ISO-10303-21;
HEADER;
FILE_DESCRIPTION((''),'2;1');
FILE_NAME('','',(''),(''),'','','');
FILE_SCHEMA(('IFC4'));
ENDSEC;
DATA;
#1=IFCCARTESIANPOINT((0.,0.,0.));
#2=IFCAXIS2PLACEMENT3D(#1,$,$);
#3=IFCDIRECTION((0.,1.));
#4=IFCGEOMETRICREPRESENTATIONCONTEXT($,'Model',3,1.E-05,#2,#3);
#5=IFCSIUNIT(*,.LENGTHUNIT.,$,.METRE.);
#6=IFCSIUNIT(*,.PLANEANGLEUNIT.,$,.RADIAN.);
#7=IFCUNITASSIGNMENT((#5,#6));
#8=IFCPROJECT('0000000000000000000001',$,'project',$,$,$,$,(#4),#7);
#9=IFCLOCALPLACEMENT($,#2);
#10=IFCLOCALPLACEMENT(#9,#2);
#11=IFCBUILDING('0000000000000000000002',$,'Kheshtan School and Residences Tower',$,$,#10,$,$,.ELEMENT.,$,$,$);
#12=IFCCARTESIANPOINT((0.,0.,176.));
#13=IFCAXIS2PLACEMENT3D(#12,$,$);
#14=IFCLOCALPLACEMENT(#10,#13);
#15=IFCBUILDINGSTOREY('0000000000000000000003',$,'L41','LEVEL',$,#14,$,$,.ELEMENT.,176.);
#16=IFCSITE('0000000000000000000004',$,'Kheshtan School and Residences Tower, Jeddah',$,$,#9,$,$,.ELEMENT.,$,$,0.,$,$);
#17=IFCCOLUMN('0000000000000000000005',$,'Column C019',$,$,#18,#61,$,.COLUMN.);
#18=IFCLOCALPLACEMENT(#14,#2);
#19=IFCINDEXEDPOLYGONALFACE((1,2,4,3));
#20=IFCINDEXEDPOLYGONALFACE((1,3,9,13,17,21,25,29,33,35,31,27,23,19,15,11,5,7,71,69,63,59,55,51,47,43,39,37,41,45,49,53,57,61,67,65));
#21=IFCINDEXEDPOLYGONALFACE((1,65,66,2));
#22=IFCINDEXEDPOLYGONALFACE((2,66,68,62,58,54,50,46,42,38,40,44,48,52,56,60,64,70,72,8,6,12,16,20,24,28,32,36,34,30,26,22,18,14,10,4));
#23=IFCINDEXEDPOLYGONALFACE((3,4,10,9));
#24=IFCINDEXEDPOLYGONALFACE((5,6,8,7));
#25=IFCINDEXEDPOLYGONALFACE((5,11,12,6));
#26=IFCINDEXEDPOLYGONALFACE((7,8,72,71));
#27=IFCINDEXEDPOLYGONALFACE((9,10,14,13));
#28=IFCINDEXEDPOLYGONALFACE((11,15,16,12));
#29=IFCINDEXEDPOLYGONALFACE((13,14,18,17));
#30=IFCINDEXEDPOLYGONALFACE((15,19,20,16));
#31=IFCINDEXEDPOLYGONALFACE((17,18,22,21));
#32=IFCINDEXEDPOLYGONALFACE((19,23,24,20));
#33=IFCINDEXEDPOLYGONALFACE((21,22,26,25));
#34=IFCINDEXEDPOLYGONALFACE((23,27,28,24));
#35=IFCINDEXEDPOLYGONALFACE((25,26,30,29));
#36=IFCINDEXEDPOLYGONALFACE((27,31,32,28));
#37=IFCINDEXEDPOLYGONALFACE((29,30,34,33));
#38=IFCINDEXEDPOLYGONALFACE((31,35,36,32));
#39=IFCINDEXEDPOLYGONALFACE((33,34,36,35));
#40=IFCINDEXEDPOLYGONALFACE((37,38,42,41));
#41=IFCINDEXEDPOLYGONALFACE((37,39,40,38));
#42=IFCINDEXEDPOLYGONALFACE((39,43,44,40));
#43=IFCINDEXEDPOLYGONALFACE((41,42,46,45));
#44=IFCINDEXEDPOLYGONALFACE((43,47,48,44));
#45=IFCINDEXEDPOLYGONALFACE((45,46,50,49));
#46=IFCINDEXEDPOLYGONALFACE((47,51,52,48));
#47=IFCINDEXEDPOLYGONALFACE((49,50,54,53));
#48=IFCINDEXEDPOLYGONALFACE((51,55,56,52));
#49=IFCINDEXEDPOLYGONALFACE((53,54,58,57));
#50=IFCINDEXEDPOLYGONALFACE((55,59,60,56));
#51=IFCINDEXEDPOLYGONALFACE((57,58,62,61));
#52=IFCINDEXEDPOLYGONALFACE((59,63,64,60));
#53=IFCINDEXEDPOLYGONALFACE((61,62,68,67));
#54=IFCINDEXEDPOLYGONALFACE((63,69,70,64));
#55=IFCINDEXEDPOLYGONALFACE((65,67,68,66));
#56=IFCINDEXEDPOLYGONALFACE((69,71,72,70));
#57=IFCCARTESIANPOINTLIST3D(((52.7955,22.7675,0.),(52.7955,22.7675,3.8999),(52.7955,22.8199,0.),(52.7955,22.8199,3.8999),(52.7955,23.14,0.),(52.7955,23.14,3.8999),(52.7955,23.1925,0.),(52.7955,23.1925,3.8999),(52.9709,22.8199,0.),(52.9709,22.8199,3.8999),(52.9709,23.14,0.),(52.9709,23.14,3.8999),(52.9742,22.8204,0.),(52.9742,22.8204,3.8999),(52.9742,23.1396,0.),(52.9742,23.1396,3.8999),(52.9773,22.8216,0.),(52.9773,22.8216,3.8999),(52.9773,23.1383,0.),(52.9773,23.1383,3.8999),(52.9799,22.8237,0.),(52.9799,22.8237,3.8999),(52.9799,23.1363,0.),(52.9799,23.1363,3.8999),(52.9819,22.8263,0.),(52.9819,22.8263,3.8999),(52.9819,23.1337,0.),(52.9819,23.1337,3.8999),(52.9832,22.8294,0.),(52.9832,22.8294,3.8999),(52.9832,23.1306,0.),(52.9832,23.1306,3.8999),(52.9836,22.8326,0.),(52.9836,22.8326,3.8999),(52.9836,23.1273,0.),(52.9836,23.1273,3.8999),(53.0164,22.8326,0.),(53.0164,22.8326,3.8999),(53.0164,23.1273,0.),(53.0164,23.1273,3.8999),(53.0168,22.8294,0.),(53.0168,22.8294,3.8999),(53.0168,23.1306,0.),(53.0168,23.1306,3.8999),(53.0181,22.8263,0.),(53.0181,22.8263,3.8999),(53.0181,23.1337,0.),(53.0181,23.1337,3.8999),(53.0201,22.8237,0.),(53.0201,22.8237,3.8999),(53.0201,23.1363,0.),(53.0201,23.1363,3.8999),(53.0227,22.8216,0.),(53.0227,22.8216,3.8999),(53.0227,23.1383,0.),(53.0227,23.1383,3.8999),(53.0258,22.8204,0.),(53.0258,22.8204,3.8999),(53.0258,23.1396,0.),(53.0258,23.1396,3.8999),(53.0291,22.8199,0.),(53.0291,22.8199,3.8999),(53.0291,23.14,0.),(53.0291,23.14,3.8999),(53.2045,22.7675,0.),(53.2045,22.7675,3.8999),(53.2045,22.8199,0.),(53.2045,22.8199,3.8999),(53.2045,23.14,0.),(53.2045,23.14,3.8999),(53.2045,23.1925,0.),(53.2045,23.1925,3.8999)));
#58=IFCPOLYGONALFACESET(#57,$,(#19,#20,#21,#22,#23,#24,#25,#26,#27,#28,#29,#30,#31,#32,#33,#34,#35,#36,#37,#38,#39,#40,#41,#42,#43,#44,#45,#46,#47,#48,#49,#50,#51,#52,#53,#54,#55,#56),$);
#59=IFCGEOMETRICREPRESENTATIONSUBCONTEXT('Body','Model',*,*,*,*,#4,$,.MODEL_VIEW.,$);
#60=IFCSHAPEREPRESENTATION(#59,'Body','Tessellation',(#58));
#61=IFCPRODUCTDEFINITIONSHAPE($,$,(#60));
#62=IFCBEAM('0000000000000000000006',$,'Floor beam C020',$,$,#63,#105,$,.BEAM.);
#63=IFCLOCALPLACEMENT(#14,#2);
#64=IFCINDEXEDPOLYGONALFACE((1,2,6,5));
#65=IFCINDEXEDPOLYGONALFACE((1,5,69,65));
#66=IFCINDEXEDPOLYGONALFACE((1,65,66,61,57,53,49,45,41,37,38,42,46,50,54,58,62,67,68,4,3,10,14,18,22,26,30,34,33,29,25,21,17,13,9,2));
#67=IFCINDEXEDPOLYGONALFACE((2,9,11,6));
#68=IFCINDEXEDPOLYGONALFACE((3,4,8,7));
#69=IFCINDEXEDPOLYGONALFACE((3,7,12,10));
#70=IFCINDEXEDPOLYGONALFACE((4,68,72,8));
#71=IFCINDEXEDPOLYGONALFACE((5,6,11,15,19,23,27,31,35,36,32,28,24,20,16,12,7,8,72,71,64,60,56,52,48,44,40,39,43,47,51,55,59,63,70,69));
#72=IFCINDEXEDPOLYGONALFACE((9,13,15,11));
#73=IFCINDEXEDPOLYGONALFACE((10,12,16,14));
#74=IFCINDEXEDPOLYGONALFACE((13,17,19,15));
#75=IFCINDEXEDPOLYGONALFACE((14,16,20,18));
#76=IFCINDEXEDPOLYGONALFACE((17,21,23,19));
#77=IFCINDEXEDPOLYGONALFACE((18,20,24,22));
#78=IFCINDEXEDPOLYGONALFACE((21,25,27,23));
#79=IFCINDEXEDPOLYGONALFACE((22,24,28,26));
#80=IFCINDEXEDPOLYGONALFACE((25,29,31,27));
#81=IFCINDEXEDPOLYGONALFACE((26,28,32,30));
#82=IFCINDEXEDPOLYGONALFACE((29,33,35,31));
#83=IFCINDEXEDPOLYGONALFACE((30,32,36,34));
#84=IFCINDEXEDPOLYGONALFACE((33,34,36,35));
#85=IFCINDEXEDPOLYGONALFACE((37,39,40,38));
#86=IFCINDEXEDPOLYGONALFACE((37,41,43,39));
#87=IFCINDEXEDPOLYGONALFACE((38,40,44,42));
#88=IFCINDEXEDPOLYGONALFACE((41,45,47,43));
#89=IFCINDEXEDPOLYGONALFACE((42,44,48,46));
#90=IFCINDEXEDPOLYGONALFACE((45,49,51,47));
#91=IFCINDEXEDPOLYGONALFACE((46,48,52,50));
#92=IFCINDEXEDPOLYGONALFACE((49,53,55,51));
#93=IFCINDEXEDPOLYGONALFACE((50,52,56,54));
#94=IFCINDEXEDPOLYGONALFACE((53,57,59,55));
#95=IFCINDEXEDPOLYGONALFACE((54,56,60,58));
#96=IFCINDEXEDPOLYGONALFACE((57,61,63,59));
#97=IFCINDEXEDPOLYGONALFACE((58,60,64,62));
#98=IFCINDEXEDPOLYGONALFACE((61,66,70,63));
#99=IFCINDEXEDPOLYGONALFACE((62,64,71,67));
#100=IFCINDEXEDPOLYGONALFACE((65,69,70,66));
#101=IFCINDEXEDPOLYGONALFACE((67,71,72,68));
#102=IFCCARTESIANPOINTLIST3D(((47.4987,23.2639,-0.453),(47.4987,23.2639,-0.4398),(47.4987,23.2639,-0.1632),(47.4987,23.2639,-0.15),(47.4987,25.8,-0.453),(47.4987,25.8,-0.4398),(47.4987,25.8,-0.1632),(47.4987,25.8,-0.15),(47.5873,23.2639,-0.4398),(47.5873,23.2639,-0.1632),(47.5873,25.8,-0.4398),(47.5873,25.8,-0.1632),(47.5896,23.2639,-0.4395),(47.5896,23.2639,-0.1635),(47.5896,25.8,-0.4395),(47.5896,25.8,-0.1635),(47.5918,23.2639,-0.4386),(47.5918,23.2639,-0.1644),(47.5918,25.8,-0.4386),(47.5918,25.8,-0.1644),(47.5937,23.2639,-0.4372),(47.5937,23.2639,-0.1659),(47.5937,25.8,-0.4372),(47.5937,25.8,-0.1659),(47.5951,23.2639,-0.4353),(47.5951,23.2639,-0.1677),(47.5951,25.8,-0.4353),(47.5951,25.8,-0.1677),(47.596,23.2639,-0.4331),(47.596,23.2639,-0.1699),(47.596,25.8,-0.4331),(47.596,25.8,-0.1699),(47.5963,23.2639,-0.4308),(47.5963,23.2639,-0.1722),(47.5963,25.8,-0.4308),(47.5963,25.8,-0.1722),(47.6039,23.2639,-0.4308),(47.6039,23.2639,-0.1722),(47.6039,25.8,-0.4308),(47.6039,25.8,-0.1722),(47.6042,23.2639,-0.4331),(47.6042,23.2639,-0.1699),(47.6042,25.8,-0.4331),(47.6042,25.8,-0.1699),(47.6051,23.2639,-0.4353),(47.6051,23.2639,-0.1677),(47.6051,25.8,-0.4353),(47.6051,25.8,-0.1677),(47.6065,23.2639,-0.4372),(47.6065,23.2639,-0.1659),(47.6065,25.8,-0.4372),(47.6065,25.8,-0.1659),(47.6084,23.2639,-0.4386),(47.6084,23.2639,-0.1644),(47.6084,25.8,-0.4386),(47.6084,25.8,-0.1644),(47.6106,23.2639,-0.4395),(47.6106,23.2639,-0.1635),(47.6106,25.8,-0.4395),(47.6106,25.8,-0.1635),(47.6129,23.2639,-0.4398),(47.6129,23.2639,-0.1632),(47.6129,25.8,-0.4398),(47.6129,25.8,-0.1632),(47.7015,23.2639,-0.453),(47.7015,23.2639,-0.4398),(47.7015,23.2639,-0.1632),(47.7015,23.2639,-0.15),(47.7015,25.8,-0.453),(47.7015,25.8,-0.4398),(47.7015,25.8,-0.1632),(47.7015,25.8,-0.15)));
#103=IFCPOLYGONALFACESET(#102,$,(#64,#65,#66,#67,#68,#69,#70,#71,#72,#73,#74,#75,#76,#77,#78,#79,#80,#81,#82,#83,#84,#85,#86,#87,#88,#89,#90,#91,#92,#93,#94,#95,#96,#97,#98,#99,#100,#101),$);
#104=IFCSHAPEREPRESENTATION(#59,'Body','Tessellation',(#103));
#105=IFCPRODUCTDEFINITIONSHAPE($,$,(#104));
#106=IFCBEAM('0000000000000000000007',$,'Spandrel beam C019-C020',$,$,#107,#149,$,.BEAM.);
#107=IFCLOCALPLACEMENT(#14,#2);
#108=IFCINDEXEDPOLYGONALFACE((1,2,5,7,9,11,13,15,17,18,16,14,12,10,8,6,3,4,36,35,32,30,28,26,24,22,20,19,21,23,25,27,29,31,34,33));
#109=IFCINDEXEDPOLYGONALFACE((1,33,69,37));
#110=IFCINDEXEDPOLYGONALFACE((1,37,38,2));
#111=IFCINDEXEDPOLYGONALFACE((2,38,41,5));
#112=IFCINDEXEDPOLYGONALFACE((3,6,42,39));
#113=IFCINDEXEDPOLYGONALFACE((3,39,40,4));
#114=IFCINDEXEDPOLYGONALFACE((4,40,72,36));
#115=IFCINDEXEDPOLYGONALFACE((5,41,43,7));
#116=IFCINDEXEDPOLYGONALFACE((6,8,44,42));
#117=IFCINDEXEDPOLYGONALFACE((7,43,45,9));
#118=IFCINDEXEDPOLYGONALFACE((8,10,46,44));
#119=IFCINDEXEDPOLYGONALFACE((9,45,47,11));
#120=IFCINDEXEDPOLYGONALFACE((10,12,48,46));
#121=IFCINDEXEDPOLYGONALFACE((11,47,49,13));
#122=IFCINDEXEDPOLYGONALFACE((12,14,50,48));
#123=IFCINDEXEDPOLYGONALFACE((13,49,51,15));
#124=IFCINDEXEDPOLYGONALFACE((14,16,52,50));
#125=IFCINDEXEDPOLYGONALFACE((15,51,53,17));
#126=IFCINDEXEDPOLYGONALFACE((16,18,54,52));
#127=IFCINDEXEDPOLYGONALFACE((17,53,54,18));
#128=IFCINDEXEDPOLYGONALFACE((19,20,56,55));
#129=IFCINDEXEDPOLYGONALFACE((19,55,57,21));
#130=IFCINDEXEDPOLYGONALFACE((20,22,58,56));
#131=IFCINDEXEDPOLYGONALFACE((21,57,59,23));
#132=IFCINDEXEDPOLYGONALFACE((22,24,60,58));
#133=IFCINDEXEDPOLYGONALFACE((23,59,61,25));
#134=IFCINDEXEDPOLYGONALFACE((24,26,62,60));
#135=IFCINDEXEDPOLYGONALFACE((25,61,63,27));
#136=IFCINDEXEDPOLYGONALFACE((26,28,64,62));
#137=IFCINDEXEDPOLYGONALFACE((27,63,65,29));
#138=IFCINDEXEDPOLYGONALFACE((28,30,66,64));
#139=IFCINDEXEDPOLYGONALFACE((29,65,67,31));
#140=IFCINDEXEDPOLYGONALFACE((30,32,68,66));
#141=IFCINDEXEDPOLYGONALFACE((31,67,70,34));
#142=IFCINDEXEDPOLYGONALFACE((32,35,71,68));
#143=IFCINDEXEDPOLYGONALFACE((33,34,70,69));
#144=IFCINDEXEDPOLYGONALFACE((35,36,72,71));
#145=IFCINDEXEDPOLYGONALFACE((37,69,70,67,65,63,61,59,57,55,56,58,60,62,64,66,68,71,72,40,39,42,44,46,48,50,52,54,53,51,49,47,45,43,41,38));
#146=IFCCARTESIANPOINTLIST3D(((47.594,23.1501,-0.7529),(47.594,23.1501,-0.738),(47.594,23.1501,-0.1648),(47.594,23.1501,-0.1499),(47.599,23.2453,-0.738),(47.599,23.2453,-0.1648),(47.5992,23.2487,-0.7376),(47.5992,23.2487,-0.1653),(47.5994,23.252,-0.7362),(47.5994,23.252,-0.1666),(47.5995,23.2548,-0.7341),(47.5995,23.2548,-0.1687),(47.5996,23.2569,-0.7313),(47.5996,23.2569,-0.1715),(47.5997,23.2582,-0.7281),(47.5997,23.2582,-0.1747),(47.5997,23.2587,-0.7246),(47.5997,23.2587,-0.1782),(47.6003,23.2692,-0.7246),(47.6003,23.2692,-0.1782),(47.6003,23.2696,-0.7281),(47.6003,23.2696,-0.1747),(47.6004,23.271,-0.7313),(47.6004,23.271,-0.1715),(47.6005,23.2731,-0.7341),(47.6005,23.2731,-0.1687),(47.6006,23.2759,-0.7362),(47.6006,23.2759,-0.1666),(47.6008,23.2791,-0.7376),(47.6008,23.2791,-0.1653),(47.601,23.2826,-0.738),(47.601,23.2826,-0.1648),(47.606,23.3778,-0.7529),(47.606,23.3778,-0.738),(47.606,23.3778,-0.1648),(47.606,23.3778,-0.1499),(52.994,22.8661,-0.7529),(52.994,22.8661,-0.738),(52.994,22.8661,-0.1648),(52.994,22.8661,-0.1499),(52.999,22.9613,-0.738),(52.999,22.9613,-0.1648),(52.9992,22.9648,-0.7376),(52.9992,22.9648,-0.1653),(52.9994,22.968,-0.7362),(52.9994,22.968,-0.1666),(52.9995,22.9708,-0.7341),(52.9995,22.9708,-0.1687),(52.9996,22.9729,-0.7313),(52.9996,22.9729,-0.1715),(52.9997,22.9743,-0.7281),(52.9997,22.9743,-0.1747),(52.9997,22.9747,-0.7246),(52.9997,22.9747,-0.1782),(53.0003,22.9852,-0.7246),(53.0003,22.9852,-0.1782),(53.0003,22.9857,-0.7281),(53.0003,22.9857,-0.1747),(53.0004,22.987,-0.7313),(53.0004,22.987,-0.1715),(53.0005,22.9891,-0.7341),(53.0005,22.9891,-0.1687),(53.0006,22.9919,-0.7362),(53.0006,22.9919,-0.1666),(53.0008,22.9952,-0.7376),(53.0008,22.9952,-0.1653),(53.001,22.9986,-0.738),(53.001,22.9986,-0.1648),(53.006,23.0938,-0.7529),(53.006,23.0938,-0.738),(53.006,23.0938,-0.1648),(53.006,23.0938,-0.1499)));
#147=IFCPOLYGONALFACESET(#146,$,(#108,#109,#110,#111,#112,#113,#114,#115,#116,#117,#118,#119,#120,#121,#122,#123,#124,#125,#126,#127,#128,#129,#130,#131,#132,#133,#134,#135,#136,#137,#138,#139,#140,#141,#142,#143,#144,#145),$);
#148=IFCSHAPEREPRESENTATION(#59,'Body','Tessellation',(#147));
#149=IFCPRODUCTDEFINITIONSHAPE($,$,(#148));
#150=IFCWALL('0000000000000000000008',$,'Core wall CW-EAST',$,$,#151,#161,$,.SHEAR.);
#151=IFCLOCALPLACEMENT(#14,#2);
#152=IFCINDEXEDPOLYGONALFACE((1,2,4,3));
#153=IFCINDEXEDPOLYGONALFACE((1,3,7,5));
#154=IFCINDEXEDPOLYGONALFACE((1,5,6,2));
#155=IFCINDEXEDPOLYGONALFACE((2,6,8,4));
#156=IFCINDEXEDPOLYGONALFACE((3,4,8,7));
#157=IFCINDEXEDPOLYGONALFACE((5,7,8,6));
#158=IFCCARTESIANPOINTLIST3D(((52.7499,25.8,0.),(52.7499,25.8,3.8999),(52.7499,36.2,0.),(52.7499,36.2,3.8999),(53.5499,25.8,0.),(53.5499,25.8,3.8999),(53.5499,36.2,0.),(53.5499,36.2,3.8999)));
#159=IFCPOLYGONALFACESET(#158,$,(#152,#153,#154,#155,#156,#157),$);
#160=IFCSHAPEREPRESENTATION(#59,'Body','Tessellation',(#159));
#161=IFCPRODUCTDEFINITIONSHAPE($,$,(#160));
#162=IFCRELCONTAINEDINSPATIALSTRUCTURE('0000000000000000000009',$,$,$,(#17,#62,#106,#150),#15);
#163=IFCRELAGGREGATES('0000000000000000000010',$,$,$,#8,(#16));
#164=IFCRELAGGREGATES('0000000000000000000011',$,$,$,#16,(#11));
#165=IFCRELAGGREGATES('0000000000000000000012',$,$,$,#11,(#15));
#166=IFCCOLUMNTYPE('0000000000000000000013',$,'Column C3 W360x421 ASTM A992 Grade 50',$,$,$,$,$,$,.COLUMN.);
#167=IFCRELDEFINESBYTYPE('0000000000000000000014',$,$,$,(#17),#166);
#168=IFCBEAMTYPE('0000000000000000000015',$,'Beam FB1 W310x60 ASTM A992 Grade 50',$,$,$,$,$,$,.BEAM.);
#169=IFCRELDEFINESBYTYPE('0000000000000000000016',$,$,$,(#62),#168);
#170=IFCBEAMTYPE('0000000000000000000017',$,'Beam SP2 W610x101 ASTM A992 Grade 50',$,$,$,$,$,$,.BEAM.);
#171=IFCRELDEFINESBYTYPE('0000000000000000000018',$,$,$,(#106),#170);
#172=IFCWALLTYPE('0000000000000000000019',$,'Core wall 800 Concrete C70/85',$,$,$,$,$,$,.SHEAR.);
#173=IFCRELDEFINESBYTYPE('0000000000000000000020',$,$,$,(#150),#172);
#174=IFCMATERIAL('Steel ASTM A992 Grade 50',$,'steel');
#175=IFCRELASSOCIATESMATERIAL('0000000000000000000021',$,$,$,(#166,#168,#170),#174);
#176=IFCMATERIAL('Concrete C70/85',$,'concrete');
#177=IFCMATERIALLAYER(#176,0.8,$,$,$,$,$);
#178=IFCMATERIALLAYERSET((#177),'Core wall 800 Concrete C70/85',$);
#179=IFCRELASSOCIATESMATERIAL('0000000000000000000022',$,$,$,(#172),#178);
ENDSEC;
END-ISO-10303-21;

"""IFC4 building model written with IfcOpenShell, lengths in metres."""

from ifc_helpers import new_model, si_unit, direction, frame, frame_2d, origin, origin_2d, place, context, subcontext, project, spatial, rectangle, i_section, extrude, material, layer, layer_set, material_profile, profile_set, type_object, element, save


model = new_model("IFC4")

# Units and contexts
model_context = context("Model", 3, precision=1e-05, world=origin(), true_north=direction((0.0, 1.0)))
body_context = subcontext(model_context, "Body", "Model", "MODEL_VIEW")
ifc_project = project(units=[si_unit("LENGTHUNIT", "METRE"), si_unit("PLANEANGLEUNIT", "RADIAN")], contexts=[model_context])

# Site, building, storey
site_placement = place(None, origin())
site = spatial("IfcSite", under=ifc_project, at=site_placement, Name="Kheshtan School and Residences Tower, Jeddah", CompositionType="ELEMENT", RefElevation=0.0)
building_placement = place(site_placement, origin())
building = spatial("IfcBuilding", under=site, at=building_placement, Name="Kheshtan School and Residences Tower", CompositionType="ELEMENT")
storey_placement = place(building_placement, frame((0.0, 0.0, 176.0)))
storey = spatial("IfcBuildingStorey", under=building, at=storey_placement, Name="L41", Description="LEVEL", CompositionType="ELEMENT", Elevation=176.0)

# Column
ifc_material_1 = material(Name="Steel ASTM A992 Grade 50", Category="steel")
ifc_material_profile_1 = material_profile(ifc_material_1, i_section(OverallWidth=0.4089, OverallDepth=0.425, WebThickness=0.0327, FlangeThickness=0.0525, FilletRadius=0.0127, at=origin_2d()), Name="W360x421")
ifc_profile_set_1 = profile_set([ifc_material_profile_1], Name="Steel ASTM A992 Grade 50")
column_type = type_object("IfcColumnType", Name="Column C3 W360x421 ASTM A992 Grade 50", PredefinedType="COLUMN", material=ifc_profile_set_1)
column_placement = place(storey_placement, frame((53.0, 22.98, 0.0), z_axis=(0.0, 0.0, 1.0), x_axis=(1.0, 0.0, 0.0)))
element("IfcColumn", 1, at=column_placement, inside=storey, type_object=column_type, Name="Column C019", PredefinedType="COLUMN", context=body_context, shape_type="SweptSolid", body=[
    extrude(i_section(OverallWidth=0.4089, OverallDepth=0.425, WebThickness=0.0327, FlangeThickness=0.0525, FilletRadius=0.0127, at=origin_2d()), origin(), (0.0, 0.0, 1.0), 3.8999),
])

# Beams
ifc_material_profile_2 = material_profile(ifc_material_1, i_section(OverallWidth=0.2029, OverallDepth=0.303, WebThickness=0.0076, FlangeThickness=0.0132, FilletRadius=0.009, at=origin_2d()), Name="W310x60")
ifc_profile_set_2 = profile_set([ifc_material_profile_2], Name="Steel ASTM A992 Grade 50")
beam_type_1 = type_object("IfcBeamType", Name="Beam FB1 W310x60 ASTM A992 Grade 50", PredefinedType="BEAM", material=ifc_profile_set_2)
beam_1_placement = place(storey_placement, frame((47.6001, 23.2639, -0.3015), z_axis=(0.0, 1.0, 0.0), x_axis=(-1.0, 0.0, 0.0)))
element("IfcBeam", 2, at=beam_1_placement, inside=storey, type_object=beam_type_1, Name="Floor beam C020", PredefinedType="BEAM", context=body_context, shape_type="SweptSolid", body=[
    extrude(i_section(OverallWidth=0.2029, OverallDepth=0.303, WebThickness=0.0076, FlangeThickness=0.0132, FilletRadius=0.009, at=origin_2d()), origin(), (0.0, 0.0, 1.0), 2.5361),
])
ifc_material_profile_3 = material_profile(ifc_material_1, i_section(OverallWidth=0.228, OverallDepth=0.603, WebThickness=0.0105, FlangeThickness=0.0149, FilletRadius=0.0134, at=origin_2d()), Name="W610x101")
ifc_profile_set_3 = profile_set([ifc_material_profile_3], Name="Steel ASTM A992 Grade 50")
beam_type_2 = type_object("IfcBeamType", Name="Beam SP2 W610x101 ASTM A992 Grade 50", PredefinedType="BEAM", material=ifc_profile_set_3)
beam_2_placement = place(storey_placement, frame((53.0, 22.98, -0.4514), z_axis=(-0.99862, 0.052509, 0.0), x_axis=(-0.052509, -0.99862, 0.0)))
element("IfcBeam", 3, at=beam_2_placement, inside=storey, type_object=beam_type_2, Name="Spandrel beam C019-C020", PredefinedType="BEAM", context=body_context, shape_type="SweptSolid", body=[
    extrude(i_section(OverallWidth=0.228, OverallDepth=0.603, WebThickness=0.0105, FlangeThickness=0.0149, FilletRadius=0.0134, at=origin_2d()), origin(), (0.0, 0.0, 1.0), 5.4075),
])

# Wall
ifc_material_2 = material(Name="Concrete C70/85", Category="concrete")
ifc_layer_1 = layer(ifc_material_2, 0.8)
ifc_layer_set_1 = layer_set([ifc_layer_1], Name="Core wall 800 Concrete C70/85")
wall_type_1 = type_object("IfcWallType", Name="Core wall 800 Concrete C70/85", PredefinedType="SHEAR", material=ifc_layer_set_1)
wall_1_placement = place(storey_placement, frame((53.1499, 25.8, 0.0), z_axis=(0.0, 0.0, 1.0), x_axis=(0.0, 1.0, 0.0)))
element("IfcWall", 4, at=wall_1_placement, inside=storey, type_object=wall_type_1, Name="Core wall CW-EAST", PredefinedType="SHEAR", context=body_context, shape_type="SweptSolid", body=[
    extrude(rectangle(XDim=10.3999, YDim=0.8, at=frame_2d((5.2, 0.0))), origin(), (0.0, 0.0, 1.0), 3.8999),
])

save(model, "model.ifc")
